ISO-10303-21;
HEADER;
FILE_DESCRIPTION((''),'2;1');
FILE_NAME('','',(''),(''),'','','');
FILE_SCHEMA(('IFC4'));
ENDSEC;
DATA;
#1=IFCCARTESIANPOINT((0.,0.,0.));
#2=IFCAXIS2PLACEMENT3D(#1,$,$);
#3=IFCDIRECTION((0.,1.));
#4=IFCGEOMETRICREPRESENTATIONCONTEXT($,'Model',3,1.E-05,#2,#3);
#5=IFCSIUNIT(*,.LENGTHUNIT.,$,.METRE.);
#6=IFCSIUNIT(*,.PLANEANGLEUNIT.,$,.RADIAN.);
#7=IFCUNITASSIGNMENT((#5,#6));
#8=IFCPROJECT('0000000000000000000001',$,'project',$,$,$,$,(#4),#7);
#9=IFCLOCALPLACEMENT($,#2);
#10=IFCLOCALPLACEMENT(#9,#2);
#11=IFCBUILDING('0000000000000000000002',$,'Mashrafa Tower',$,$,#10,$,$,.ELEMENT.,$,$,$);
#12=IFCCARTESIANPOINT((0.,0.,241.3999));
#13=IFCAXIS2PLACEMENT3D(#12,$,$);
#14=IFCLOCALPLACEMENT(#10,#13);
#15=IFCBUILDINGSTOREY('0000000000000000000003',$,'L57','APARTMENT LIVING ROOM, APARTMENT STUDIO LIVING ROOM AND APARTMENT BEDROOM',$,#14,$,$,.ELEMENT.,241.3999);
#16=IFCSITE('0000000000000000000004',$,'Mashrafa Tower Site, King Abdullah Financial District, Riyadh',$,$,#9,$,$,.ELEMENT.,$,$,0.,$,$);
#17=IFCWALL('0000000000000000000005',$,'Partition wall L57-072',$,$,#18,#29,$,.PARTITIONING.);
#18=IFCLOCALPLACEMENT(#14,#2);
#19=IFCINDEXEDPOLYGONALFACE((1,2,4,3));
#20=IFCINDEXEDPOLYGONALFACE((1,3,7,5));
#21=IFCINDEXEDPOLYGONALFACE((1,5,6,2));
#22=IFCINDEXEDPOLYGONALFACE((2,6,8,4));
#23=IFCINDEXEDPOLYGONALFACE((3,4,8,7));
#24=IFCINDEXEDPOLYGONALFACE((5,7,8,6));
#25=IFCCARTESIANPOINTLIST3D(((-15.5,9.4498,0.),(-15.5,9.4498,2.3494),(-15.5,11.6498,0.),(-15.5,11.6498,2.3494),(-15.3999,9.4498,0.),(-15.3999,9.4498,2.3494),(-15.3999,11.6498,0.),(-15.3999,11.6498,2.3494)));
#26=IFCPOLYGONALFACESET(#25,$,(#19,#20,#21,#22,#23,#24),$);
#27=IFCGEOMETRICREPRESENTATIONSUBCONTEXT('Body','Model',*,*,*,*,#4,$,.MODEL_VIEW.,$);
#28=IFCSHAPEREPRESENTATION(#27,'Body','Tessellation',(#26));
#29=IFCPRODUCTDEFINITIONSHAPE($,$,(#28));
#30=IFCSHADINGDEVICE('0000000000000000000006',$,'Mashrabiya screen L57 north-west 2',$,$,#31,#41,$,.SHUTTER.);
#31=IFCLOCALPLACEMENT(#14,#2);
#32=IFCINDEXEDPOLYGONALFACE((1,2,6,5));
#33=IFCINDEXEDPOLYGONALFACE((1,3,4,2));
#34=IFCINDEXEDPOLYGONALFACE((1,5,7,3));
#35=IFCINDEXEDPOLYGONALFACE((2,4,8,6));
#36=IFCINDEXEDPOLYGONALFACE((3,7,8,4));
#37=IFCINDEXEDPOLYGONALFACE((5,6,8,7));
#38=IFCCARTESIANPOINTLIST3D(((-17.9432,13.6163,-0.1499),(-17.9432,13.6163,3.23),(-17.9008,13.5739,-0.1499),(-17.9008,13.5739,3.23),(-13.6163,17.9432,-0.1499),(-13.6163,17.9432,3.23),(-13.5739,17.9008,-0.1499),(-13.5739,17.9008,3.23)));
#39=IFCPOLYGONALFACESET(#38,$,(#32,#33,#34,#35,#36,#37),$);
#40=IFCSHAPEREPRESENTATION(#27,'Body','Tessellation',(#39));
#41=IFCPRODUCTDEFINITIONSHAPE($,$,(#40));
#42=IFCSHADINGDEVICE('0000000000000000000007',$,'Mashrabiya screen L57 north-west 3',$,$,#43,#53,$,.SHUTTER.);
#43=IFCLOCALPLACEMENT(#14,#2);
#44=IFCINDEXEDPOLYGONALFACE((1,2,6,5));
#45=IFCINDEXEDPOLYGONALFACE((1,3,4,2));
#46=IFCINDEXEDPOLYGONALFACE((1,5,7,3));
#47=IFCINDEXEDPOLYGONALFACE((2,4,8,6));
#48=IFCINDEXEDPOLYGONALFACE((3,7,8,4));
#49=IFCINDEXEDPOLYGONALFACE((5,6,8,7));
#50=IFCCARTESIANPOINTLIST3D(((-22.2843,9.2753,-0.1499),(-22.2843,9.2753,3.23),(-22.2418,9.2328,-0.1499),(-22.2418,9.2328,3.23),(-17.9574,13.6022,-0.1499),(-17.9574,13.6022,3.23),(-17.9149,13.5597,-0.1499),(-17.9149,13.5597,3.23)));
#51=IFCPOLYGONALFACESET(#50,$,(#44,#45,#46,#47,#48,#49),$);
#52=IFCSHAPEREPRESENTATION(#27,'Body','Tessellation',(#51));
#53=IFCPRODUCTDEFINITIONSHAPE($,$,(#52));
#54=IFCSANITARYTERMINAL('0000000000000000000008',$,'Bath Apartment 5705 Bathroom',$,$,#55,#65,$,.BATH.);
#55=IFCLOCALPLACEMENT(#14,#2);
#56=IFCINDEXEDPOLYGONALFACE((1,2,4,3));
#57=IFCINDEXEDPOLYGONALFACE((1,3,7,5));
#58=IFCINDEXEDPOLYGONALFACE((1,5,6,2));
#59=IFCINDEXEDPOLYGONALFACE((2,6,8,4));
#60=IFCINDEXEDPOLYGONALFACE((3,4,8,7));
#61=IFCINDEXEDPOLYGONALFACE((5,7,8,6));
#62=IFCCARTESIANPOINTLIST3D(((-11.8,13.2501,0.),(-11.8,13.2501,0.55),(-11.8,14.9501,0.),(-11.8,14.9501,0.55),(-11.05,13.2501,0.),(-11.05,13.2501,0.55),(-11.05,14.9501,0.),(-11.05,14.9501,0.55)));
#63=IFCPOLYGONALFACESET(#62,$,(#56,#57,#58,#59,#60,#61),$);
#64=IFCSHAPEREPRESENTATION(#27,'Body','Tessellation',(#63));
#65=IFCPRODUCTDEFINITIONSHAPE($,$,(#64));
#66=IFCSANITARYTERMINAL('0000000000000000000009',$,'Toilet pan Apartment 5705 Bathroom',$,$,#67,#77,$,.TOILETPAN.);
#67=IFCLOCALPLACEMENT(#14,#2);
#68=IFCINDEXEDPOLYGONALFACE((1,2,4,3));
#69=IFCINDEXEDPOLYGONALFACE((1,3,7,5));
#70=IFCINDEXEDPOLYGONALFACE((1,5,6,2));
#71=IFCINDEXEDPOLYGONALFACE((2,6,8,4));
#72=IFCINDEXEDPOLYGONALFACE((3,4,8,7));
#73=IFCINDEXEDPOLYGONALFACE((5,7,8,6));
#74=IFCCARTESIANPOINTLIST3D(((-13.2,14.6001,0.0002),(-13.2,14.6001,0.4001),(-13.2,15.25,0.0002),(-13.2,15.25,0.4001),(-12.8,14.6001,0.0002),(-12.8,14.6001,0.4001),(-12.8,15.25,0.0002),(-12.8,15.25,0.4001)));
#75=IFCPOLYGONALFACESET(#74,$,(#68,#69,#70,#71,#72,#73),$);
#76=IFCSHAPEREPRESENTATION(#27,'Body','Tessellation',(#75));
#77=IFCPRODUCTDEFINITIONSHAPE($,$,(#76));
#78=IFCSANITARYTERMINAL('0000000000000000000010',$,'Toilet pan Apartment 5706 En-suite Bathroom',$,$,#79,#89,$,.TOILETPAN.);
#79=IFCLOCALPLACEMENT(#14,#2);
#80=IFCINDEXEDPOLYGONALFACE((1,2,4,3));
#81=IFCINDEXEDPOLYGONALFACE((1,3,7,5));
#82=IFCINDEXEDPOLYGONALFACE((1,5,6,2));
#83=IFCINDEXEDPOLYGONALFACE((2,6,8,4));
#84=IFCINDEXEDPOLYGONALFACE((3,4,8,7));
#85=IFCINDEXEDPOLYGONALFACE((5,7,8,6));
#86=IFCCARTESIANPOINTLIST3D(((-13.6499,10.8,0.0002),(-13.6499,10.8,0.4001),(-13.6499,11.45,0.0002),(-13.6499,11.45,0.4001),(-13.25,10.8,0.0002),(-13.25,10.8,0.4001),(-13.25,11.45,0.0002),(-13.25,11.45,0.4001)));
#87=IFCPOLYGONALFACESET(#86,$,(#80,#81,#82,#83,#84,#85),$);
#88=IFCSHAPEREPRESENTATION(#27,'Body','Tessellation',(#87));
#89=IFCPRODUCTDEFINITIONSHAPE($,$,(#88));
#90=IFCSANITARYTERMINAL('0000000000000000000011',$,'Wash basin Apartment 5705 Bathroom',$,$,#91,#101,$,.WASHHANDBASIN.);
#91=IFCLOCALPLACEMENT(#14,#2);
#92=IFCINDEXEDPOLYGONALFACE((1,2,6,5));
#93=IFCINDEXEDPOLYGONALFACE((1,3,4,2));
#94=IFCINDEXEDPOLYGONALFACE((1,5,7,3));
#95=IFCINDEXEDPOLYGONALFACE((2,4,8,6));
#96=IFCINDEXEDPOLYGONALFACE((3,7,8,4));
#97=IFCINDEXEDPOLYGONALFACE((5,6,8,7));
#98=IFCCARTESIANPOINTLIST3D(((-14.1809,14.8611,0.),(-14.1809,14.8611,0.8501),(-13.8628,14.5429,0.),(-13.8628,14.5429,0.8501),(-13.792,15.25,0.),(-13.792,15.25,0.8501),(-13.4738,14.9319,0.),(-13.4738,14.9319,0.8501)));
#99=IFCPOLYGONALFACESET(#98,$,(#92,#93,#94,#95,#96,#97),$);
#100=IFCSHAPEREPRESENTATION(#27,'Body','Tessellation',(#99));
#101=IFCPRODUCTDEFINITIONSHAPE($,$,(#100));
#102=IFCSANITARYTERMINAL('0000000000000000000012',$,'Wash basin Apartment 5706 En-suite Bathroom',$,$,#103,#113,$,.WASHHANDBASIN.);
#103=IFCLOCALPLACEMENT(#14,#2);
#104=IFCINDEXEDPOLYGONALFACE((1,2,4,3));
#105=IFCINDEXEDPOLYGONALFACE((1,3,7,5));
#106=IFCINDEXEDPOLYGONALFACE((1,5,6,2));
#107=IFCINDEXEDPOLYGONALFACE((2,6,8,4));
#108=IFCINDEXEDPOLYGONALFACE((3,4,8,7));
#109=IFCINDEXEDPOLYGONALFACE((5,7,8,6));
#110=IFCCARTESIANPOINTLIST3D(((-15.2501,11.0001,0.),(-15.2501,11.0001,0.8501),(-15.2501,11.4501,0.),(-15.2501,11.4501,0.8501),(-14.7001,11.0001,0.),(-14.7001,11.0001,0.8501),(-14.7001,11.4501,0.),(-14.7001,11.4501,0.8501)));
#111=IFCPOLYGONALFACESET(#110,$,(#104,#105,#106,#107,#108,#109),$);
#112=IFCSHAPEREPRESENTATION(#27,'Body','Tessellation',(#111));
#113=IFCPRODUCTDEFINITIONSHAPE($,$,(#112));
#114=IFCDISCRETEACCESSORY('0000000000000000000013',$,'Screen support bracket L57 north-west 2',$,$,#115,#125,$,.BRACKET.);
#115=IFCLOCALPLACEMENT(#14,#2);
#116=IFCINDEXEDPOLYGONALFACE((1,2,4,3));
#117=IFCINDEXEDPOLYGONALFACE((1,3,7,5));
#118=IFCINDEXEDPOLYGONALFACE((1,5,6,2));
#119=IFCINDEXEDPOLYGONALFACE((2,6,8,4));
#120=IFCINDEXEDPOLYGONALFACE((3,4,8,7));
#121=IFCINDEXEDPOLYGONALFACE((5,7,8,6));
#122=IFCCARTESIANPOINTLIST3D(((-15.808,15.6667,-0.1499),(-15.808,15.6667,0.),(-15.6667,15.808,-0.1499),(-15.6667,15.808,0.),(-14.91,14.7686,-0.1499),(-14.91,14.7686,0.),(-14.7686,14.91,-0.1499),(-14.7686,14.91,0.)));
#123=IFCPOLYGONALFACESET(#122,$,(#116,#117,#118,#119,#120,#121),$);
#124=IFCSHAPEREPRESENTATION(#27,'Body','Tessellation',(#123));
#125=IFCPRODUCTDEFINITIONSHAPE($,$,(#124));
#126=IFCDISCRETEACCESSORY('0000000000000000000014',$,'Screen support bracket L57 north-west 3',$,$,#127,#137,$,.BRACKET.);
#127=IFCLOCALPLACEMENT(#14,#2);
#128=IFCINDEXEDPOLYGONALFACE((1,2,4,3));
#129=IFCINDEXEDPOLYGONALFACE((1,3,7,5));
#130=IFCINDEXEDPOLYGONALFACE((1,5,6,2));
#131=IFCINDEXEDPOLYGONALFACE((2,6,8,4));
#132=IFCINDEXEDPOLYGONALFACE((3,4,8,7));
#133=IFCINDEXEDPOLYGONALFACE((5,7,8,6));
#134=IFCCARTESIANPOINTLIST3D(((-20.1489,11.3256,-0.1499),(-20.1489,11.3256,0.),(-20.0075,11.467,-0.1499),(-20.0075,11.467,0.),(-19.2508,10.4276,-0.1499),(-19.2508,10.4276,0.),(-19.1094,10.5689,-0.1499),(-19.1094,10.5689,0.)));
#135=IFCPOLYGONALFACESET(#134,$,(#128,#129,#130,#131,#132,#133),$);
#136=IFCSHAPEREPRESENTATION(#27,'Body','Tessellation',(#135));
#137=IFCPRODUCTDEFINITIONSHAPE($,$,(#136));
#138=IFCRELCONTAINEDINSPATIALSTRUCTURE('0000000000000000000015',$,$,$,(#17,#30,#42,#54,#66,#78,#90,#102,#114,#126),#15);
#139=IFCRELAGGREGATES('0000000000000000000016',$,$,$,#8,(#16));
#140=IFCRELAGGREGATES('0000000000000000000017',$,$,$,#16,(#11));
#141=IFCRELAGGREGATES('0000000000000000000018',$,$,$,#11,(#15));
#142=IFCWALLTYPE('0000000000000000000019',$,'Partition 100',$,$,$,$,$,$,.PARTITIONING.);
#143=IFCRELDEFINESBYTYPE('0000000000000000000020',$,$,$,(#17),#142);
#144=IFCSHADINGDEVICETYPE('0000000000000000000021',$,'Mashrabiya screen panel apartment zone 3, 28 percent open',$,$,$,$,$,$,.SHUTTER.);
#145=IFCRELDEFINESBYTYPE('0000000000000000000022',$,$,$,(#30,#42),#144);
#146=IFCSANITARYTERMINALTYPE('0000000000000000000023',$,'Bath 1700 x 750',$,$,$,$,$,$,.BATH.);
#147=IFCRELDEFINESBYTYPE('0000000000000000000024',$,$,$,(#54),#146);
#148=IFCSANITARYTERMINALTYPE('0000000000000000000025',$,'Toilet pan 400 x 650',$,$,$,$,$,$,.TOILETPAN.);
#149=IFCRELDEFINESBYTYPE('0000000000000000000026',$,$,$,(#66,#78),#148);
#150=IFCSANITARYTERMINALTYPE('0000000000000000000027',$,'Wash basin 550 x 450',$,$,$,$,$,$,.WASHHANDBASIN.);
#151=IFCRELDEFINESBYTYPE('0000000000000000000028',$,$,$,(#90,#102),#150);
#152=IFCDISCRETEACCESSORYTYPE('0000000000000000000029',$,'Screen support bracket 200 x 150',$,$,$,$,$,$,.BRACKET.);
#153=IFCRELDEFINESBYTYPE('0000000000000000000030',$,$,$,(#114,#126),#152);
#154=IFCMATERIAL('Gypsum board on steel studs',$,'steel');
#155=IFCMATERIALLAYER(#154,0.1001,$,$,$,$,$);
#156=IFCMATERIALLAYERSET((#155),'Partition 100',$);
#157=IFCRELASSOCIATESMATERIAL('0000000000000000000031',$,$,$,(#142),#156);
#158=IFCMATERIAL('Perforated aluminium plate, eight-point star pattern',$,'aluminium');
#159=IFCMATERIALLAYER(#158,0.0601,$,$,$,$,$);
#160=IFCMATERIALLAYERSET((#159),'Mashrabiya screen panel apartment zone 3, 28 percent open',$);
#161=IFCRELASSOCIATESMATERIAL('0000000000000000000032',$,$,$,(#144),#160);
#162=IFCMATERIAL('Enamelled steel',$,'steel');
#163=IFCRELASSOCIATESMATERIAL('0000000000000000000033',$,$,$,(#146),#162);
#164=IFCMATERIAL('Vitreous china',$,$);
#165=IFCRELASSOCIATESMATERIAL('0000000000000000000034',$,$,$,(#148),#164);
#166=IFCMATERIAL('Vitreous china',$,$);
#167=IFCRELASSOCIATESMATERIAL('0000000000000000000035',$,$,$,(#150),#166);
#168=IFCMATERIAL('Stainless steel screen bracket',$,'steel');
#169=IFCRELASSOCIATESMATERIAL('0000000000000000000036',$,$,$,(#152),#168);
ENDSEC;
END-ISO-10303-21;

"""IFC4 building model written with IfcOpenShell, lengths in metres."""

from ifc_helpers import new_model, si_unit, direction, frame, frame_2d, origin, origin_2d, place, context, subcontext, project, spatial, rectangle, extrude, source, transform, mapped, material, layer, layer_set, type_object, type_shapes, element, save


model = new_model("IFC4")

# Units and contexts
model_context = context("Model", 3, precision=1e-05, world=origin(), true_north=direction((0.0, 1.0)))
body_context = subcontext(model_context, "Body", "Model", "MODEL_VIEW")
ifc_project = project(units=[si_unit("LENGTHUNIT", "METRE"), si_unit("PLANEANGLEUNIT", "RADIAN")], contexts=[model_context])

# Site, building, storey
site_placement = place(None, origin())
site = spatial("IfcSite", under=ifc_project, at=site_placement, Name="Mashrafa Tower Site, King Abdullah Financial District, Riyadh", CompositionType="ELEMENT", RefElevation=0.0)
building_placement = place(site_placement, origin())
building = spatial("IfcBuilding", under=site, at=building_placement, Name="Mashrafa Tower", CompositionType="ELEMENT")
storey_placement = place(building_placement, frame((0.0, 0.0, 241.3999)))
storey = spatial("IfcBuildingStorey", under=building, at=storey_placement, Name="L57", Description="APARTMENT LIVING ROOM, APARTMENT STUDIO LIVING ROOM AND APARTMENT BEDROOM", CompositionType="ELEMENT", Elevation=241.3999)

# Shared definitions
ifc_material_1 = material(Name="Gypsum board on steel studs", Category="steel")
ifc_layer_1 = layer(ifc_material_1, 0.1001)
ifc_layer_set_1 = layer_set([ifc_layer_1], Name="Partition 100")
wall_type_1 = type_object("IfcWallType", Name="Partition 100", PredefinedType="PARTITIONING", material=ifc_layer_set_1)

# Wall
wall_1_placement = place(storey_placement, frame((-15.45, 11.6499, 0.0), z_axis=(0.0, 0.0, 1.0), x_axis=(0.0, -1.0, 0.0)))
element("IfcWall", 1, at=wall_1_placement, inside=storey, type_object=wall_type_1, Name="Partition wall L57-072", PredefinedType="PARTITIONING", context=body_context, shape_type="SweptSolid", body=[
    extrude(rectangle(XDim=2.2, YDim=0.1001, at=frame_2d((1.1001, 0.0))), origin(), (0.0, 0.0, 1.0), 2.3494),
])

# Shading devices
ifc_material_2 = material(Name="Perforated aluminium plate, eight-point star pattern", Category="aluminium")
ifc_layer_2 = layer(ifc_material_2, 0.0601)
ifc_layer_set_2 = layer_set([ifc_layer_2], Name="Mashrabiya screen panel apartment zone 3, 28 percent open")
shading_device_type = type_object("IfcShadingDeviceType", Name="Mashrabiya screen panel apartment zone 3, 28 percent open", PredefinedType="SHUTTER", material=ifc_layer_set_2)
shared_shape_1 = source(origin(), body_context, "Body", "SweptSolid", [
    extrude(rectangle(XDim=6.1191, YDim=0.0601, at=origin_2d()), origin(), (0.0, 0.0, 1.0), 3.3799),
])
type_shapes(shading_device_type, [shared_shape_1])
for number, where, z_axis, x_axis, name in (
    (2, (-15.7585, 15.7585, -0.1499), (0.0, 0.0, 1.0), (-0.707107, -0.707107, 0.0), "Mashrabiya screen L57 north-west 2"),
    (3, (-20.0996, 11.4175, -0.1499), (0.0, 0.0, 1.0), (-0.707107, -0.707107, 0.0), "Mashrabiya screen L57 north-west 3"),
):
    element("IfcShadingDevice", number, at=place(storey_placement, frame(where, z_axis=z_axis, x_axis=x_axis)), inside=storey, type_object=shading_device_type, Name=name, PredefinedType="SHUTTER", context=body_context, shape_type="MappedRepresentation", body=[
        mapped(shared_shape_1, transform((0.0, 0.0, 0.0))),
    ])

# Sanitary terminals
ifc_material_3 = material(Name="Enamelled steel", Category="steel")
sanitary_terminal_type_1 = type_object("IfcSanitaryTerminalType", Name="Bath 1700 x 750", PredefinedType="BATH", material=ifc_material_3)
sanitary_terminal_placement = place(storey_placement, frame((-11.425, 14.1001, 0.0), z_axis=(0.0, 0.0, 1.0), x_axis=(0.0, 1.0, 0.0)))
element("IfcSanitaryTerminal", 4, at=sanitary_terminal_placement, inside=storey, type_object=sanitary_terminal_type_1, Name="Bath Apartment 5705 Bathroom", PredefinedType="BATH", context=body_context, shape_type="SweptSolid", body=[
    extrude(rectangle(XDim=1.7, YDim=0.75, at=origin_2d()), origin(), (0.0, 0.0, 1.0), 0.55),
])
ifc_material_4 = material(Name="Vitreous china")
sanitary_terminal_type_2 = type_object("IfcSanitaryTerminalType", Name="Toilet pan 400 x 650", PredefinedType="TOILETPAN", material=ifc_material_4)
for number, where, z_axis, x_axis, name in (
    (5, (-13.0, 14.925, 0.0002), (0.0, 0.0, 1.0), (-1.0, 0.0, 0.0), "Toilet pan Apartment 5705 Bathroom"),
    (6, (-13.45, 11.125, 0.0002), (0.0, 0.0, 1.0), (-1.0, 0.0, 0.0), "Toilet pan Apartment 5706 En-suite Bathroom"),
):
    element("IfcSanitaryTerminal", number, at=place(storey_placement, frame(where, z_axis=z_axis, x_axis=x_axis)), inside=storey, type_object=sanitary_terminal_type_2, Name=name, PredefinedType="TOILETPAN", context=body_context, shape_type="SweptSolid", body=[
        extrude(rectangle(XDim=0.3999, YDim=0.6499, at=origin_2d()), origin(), (0.0, 0.0, 1.0), 0.3999),
    ])
ifc_material_5 = material(Name="Vitreous china")
sanitary_terminal_type_3 = type_object("IfcSanitaryTerminalType", Name="Wash basin 550 x 450", PredefinedType="WASHHANDBASIN", material=ifc_material_5)
for number, where, z_axis, x_axis, name in (
    (7, (-13.8274, 14.8965, 0.0), (0.0, 0.0, 1.0), (-0.707107, -0.707107, 0.0), "Wash basin Apartment 5705 Bathroom"),
    (8, (-14.9751, 11.2251, 0.0), (0.0, 0.0, 1.0), (-1.0, 0.0, 0.0), "Wash basin Apartment 5706 En-suite Bathroom"),
):
    element("IfcSanitaryTerminal", number, at=place(storey_placement, frame(where, z_axis=z_axis, x_axis=x_axis)), inside=storey, type_object=sanitary_terminal_type_3, Name=name, PredefinedType="WASHHANDBASIN", context=body_context, shape_type="SweptSolid", body=[
        extrude(rectangle(XDim=0.55, YDim=0.45, at=origin_2d()), origin(), (0.0, 0.0, 1.0), 0.8501),
    ])

# Discrete accessories
ifc_material_6 = material(Name="Stainless steel screen bracket", Category="steel")
discrete_accessory_type = type_object("IfcDiscreteAccessoryType", Name="Screen support bracket 200 x 150", PredefinedType="BRACKET", material=ifc_material_6)
shared_shape_2 = source(origin(), body_context, "Body", "SweptSolid", [
    extrude(rectangle(XDim=0.2, YDim=1.27, at=origin_2d()), origin(), (0.0, 0.0, 1.0), 0.1499),
])
type_shapes(discrete_accessory_type, [shared_shape_2])
for number, where, z_axis, x_axis, name in (
    (9, (-15.2883, 15.2883, -0.1499), (0.0, 0.0, 1.0), (-0.707107, -0.707107, 0.0), "Screen support bracket L57 north-west 2"),
    (10, (-19.6292, 10.9473, -0.1499), (0.0, 0.0, 1.0), (-0.707107, -0.707107, 0.0), "Screen support bracket L57 north-west 3"),
):
    element("IfcDiscreteAccessory", number, at=place(storey_placement, frame(where, z_axis=z_axis, x_axis=x_axis)), inside=storey, type_object=discrete_accessory_type, Name=name, PredefinedType="BRACKET", context=body_context, shape_type="MappedRepresentation", body=[
        mapped(shared_shape_2, transform((0.0, 0.0, 0.0))),
    ])

save(model, "model.ifc")
